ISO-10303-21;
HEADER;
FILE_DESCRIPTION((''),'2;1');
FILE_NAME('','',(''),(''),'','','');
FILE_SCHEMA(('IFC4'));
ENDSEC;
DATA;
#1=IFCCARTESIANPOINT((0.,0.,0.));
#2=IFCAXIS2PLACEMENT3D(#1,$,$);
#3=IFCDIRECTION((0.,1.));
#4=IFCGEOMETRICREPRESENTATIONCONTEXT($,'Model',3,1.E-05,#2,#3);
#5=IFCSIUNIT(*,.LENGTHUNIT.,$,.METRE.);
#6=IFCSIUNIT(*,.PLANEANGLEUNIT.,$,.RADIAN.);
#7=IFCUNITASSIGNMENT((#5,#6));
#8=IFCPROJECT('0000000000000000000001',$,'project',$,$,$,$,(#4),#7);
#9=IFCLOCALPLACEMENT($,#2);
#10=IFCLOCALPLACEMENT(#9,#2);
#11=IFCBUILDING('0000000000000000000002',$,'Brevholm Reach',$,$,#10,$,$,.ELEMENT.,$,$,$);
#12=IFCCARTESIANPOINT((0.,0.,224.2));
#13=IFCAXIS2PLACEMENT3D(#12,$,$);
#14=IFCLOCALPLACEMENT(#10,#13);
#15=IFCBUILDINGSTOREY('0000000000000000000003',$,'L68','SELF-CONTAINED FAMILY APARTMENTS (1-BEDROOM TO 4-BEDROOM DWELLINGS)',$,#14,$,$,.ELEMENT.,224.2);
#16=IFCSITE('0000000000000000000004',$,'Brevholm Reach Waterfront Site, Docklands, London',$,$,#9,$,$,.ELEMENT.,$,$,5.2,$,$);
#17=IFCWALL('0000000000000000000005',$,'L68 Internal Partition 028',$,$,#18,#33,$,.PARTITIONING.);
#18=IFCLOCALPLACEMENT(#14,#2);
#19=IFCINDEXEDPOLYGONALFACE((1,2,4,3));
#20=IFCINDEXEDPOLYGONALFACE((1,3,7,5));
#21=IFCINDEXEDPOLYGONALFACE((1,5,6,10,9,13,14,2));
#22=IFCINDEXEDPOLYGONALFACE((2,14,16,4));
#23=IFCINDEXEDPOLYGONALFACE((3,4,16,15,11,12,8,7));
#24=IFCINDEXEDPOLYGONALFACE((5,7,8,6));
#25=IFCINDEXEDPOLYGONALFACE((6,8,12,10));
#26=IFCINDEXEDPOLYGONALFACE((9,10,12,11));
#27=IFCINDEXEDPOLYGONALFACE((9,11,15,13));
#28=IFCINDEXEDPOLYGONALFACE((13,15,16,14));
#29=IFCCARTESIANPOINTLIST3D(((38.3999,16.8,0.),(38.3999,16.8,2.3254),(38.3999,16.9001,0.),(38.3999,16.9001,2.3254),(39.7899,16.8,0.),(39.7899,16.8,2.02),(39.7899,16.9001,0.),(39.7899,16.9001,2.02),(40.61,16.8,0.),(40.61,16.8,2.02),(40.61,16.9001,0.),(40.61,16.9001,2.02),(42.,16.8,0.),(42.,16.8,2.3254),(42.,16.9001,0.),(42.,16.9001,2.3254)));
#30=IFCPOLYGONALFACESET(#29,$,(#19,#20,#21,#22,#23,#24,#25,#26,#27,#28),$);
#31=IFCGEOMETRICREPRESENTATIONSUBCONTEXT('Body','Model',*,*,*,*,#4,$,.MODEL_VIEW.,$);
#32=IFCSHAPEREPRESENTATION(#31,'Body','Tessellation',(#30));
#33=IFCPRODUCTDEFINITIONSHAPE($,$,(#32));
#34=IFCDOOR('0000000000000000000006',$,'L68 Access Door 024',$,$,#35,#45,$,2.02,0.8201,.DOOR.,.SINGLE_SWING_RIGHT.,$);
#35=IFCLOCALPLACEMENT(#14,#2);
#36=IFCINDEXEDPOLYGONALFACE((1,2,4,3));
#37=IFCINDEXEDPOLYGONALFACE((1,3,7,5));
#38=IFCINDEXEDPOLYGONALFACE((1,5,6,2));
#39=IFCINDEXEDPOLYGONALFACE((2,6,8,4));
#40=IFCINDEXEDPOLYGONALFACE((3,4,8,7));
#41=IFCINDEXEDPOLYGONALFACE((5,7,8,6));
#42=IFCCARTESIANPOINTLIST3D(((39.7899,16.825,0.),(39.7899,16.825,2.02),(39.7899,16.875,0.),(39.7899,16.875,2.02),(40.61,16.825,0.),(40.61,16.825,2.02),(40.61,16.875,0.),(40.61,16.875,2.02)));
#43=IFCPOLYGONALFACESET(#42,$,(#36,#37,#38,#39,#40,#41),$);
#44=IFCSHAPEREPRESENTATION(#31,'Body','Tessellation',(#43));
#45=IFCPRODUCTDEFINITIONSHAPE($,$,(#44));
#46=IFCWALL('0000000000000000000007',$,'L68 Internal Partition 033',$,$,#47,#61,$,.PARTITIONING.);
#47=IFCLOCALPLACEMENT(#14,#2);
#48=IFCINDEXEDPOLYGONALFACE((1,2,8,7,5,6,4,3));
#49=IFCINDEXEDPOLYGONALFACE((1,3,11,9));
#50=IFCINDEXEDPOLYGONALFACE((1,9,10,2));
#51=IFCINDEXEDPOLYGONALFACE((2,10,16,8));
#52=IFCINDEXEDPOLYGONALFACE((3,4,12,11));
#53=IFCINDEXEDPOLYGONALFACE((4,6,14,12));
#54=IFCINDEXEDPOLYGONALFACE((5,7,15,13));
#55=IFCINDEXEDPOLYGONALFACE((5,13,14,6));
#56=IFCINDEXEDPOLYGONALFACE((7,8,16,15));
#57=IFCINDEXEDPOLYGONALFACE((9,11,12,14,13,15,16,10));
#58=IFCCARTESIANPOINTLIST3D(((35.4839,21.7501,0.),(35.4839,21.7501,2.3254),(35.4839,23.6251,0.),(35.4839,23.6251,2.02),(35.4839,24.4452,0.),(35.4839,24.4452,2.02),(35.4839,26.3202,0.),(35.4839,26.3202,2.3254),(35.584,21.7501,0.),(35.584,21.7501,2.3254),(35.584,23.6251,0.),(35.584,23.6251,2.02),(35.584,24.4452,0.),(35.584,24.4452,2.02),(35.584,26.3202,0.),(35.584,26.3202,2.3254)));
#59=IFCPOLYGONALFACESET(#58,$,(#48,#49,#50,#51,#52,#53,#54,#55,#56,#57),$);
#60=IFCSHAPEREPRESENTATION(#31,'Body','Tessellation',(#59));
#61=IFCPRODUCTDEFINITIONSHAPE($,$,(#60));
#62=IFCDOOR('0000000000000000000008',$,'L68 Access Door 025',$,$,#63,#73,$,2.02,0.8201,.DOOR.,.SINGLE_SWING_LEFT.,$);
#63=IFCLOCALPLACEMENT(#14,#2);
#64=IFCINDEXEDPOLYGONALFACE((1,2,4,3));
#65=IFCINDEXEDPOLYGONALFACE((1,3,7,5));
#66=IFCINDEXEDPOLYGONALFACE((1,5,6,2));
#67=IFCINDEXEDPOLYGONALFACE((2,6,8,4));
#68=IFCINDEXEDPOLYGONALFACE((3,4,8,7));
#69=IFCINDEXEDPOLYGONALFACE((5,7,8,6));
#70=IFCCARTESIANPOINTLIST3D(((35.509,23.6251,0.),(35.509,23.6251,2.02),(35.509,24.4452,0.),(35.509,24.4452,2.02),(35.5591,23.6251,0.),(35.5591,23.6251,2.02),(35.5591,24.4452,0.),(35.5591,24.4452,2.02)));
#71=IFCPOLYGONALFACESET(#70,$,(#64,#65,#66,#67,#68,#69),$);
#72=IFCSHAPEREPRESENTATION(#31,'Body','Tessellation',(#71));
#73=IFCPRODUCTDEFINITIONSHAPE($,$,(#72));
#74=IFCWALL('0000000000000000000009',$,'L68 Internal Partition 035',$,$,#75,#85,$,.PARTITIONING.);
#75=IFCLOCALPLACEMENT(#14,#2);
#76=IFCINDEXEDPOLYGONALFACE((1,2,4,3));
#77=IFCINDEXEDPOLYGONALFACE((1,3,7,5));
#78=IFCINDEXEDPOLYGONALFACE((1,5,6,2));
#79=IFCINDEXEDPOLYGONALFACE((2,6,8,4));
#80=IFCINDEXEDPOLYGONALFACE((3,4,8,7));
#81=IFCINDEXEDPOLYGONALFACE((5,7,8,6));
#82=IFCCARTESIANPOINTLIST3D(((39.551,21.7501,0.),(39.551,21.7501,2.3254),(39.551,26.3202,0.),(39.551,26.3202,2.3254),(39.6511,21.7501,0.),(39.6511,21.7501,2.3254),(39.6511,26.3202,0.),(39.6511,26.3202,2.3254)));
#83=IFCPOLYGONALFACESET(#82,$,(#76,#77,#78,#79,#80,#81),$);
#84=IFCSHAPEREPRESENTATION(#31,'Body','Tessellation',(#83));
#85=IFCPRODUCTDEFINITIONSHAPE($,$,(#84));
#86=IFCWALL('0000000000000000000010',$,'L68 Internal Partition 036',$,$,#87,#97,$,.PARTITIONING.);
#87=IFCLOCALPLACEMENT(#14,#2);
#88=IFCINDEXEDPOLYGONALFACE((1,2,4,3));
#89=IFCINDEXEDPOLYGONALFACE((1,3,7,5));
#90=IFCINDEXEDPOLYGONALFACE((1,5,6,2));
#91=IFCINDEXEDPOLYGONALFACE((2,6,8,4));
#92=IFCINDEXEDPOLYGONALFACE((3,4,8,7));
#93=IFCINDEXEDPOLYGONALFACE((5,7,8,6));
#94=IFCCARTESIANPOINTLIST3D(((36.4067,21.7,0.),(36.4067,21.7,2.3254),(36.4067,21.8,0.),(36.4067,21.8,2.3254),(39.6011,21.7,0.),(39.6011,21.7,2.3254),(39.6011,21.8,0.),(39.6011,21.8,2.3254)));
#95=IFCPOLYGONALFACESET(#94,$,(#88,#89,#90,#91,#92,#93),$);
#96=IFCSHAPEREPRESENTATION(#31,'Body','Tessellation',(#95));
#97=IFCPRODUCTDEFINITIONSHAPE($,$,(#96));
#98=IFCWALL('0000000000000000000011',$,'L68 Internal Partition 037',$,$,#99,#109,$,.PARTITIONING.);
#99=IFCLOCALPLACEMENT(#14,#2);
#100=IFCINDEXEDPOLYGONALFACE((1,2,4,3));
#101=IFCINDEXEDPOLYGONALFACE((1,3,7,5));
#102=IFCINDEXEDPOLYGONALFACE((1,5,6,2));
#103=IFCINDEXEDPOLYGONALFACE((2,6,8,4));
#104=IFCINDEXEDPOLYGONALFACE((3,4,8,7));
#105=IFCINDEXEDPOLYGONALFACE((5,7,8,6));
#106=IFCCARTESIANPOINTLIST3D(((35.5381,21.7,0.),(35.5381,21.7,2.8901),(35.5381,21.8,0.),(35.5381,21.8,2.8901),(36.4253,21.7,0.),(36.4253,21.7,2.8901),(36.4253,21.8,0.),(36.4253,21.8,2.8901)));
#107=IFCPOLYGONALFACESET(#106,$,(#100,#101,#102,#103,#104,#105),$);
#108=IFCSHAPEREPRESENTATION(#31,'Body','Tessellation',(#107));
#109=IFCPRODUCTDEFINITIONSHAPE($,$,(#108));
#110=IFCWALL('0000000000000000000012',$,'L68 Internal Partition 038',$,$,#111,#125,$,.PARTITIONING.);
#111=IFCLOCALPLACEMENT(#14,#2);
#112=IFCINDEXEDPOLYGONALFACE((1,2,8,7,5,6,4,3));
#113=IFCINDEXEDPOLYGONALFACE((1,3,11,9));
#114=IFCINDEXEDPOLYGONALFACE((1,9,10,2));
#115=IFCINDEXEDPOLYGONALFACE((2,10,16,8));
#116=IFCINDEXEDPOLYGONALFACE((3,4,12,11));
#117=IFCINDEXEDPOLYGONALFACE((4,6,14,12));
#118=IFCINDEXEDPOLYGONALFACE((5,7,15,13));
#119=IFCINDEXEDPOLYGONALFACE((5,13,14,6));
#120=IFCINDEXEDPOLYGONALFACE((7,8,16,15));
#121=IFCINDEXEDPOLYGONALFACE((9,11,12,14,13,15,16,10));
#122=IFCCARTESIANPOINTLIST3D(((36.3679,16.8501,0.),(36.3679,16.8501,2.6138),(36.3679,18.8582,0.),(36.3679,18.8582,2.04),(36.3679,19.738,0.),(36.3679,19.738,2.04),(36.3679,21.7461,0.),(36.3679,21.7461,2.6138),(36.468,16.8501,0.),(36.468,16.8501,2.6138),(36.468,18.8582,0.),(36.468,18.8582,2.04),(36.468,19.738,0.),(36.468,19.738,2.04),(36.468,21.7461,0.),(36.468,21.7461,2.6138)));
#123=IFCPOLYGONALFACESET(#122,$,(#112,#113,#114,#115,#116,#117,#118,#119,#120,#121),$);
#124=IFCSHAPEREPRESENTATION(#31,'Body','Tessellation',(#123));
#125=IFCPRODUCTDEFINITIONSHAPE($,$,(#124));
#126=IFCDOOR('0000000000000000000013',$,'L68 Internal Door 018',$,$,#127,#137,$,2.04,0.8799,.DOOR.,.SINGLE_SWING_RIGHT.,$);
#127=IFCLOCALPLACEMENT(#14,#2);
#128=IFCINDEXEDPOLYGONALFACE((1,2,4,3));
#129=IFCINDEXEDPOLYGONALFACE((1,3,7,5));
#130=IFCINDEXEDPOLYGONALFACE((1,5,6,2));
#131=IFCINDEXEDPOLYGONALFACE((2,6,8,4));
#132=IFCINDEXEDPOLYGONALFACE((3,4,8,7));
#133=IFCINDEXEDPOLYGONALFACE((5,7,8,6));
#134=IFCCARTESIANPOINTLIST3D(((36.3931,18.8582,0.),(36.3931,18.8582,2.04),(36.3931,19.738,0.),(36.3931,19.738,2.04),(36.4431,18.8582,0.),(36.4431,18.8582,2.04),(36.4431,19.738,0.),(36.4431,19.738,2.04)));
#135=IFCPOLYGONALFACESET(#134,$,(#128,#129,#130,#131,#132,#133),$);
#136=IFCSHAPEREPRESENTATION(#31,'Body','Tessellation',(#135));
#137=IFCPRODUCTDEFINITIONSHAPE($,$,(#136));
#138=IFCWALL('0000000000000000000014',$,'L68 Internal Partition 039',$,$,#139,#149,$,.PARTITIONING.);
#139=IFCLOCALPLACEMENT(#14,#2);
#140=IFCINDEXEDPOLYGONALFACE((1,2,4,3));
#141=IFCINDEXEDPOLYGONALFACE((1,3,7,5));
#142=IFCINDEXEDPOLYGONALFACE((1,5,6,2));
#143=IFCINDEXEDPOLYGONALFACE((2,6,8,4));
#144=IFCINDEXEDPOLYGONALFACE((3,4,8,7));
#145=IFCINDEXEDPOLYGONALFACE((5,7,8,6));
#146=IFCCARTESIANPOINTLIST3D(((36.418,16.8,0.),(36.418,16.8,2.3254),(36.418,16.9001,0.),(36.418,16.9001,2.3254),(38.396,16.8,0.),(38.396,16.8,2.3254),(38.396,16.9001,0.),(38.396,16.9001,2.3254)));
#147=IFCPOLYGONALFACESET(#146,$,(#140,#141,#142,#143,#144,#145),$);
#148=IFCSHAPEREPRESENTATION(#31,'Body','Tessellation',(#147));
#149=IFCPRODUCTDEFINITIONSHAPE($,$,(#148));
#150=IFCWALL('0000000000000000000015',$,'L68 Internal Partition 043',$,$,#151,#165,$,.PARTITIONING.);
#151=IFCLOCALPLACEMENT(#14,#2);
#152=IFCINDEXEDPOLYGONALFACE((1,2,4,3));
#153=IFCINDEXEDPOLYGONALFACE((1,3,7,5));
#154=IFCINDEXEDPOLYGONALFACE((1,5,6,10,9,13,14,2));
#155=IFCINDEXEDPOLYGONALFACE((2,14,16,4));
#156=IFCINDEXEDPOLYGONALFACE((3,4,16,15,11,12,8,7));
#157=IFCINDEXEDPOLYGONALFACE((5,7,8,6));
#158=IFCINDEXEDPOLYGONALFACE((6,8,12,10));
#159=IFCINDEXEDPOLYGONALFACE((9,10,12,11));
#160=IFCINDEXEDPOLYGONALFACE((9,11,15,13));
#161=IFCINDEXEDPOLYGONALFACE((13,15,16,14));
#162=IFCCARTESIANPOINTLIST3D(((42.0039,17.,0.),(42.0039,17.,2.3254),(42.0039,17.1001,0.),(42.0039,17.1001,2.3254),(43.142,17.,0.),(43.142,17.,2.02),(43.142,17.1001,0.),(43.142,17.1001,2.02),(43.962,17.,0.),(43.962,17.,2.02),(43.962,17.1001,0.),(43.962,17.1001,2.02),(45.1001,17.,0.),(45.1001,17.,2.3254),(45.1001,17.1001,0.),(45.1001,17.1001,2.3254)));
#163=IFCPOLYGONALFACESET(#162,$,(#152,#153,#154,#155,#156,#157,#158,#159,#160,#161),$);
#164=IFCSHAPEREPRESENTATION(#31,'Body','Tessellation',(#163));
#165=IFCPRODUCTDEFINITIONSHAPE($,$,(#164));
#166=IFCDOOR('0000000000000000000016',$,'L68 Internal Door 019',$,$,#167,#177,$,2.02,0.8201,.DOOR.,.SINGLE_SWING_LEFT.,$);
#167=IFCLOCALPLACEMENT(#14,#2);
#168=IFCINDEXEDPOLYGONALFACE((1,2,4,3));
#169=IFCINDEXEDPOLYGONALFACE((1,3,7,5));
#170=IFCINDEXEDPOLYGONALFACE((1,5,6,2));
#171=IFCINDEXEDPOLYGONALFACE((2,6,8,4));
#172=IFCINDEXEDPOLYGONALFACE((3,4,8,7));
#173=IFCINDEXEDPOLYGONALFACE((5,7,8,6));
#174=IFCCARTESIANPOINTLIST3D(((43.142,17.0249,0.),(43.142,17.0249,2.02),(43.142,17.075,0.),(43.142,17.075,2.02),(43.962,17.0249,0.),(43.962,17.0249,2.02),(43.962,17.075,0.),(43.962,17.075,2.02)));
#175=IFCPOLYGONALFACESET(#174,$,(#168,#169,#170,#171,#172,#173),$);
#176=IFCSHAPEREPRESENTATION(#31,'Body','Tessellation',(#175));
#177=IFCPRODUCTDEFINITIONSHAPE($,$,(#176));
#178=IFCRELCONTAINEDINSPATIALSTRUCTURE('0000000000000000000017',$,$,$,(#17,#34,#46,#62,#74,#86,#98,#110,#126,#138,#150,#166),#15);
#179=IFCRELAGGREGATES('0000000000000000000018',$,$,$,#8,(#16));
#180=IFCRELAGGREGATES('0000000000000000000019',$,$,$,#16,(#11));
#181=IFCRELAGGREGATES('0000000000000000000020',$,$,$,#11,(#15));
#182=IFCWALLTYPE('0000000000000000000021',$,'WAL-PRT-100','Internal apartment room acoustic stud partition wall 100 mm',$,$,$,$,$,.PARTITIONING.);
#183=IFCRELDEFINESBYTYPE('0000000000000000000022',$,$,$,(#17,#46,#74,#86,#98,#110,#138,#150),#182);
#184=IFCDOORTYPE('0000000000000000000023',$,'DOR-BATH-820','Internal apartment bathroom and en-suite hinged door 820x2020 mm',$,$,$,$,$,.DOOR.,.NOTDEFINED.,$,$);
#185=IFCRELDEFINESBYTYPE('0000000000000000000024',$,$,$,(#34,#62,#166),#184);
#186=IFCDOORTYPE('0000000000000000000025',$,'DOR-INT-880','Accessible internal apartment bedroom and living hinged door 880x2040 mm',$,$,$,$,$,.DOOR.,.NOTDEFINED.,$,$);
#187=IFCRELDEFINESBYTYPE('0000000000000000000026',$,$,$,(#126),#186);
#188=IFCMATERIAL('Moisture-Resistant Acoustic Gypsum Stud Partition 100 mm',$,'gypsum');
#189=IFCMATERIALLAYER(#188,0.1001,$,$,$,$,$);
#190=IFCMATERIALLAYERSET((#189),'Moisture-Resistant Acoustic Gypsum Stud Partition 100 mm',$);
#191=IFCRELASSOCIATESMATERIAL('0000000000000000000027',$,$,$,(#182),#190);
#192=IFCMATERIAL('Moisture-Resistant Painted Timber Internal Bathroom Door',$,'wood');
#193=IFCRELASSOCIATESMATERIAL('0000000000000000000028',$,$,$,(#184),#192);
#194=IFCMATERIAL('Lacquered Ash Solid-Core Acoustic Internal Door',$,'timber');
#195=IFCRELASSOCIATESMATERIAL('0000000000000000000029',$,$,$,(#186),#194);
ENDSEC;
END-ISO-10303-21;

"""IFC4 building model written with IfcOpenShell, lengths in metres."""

from ifc_helpers import new_model, si_unit, direction, frame, frame_2d, origin, place, context, subcontext, project, spatial, rectangle, extrude, material, layer, layer_set, type_object, element, fill, save


model = new_model("IFC4")

# Units and contexts
model_context = context("Model", 3, precision=1e-05, world=origin(), true_north=direction((0.0, 1.0)))
body_context = subcontext(model_context, "Body", "Model", "MODEL_VIEW")
ifc_project = project(units=[si_unit("LENGTHUNIT", "METRE"), si_unit("PLANEANGLEUNIT", "RADIAN")], contexts=[model_context])

# Site, building, storey
site_placement = place(None, origin())
site = spatial("IfcSite", under=ifc_project, at=site_placement, Name="Brevholm Reach Waterfront Site, Docklands, London", CompositionType="ELEMENT", RefElevation=5.2)
building_placement = place(site_placement, origin())
building = spatial("IfcBuilding", under=site, at=building_placement, Name="Brevholm Reach", CompositionType="ELEMENT")
storey_placement = place(building_placement, frame((0.0, 0.0, 224.2)))
storey = spatial("IfcBuildingStorey", under=building, at=storey_placement, Name="L68", Description="SELF-CONTAINED FAMILY APARTMENTS (1-BEDROOM TO 4-BEDROOM DWELLINGS)", CompositionType="ELEMENT", Elevation=224.2)

# Walls, openings, doors
ifc_material_1 = material(Name="Moisture-Resistant Acoustic Gypsum Stud Partition 100 mm", Category="gypsum")
ifc_layer_1 = layer(ifc_material_1, 0.1001)
ifc_layer_set_1 = layer_set([ifc_layer_1], Name="Moisture-Resistant Acoustic Gypsum Stud Partition 100 mm")
wall_type_1 = type_object("IfcWallType", Name="WAL-PRT-100", Description="Internal apartment room acoustic stud partition wall 100 mm", PredefinedType="PARTITIONING", material=ifc_layer_set_1)
wall_1_placement = place(storey_placement, frame((38.3999, 16.8501, 0.0), z_axis=(0.0, 0.0, 1.0), x_axis=(1.0, 0.0, 0.0)))
wall_1 = element("IfcWall", 1, at=wall_1_placement, inside=storey, type_object=wall_type_1, Name="L68 Internal Partition 028", PredefinedType="PARTITIONING", context=body_context, shape_type="SweptSolid", body=[
    extrude(rectangle(XDim=3.6001, YDim=0.1001, at=frame_2d((1.8, 0.0))), origin(), (0.0, 0.0, 1.0), 2.3254),
])
opening_1_placement = place(wall_1_placement, frame((1.3899, 0.0, 0.0)))
opening_1 = element("IfcOpeningElement", 2, at=opening_1_placement, cuts=wall_1, PredefinedType="OPENING", context=body_context, shape_type="SweptSolid", body=[
    extrude(rectangle(XDim=0.8201, YDim=2.02, at=frame_2d((0.4102, 1.01))), frame((0.0, 0.0601, 0.0), z_axis=(0.0, -1.0, 0.0), x_axis=(1.0, 0.0, 0.0)), (0.0, 0.0, 1.0), 0.1201),
])
ifc_material_2 = material(Name="Moisture-Resistant Painted Timber Internal Bathroom Door", Category="wood")
door_type_1 = type_object("IfcDoorType", Name="DOR-BATH-820", Description="Internal apartment bathroom and en-suite hinged door 820x2020 mm", OperationType="NOTDEFINED", PredefinedType="DOOR", material=ifc_material_2)
door_1_placement = place(opening_1_placement, origin())
door_1 = element("IfcDoor", 3, at=door_1_placement, inside=storey, type_object=door_type_1, Name="L68 Access Door 024", OperationType="SINGLE_SWING_RIGHT", OverallHeight=2.02, OverallWidth=0.8201, PredefinedType="DOOR", context=body_context, shape_type="SweptSolid", body=[
    extrude(rectangle(XDim=0.8201, YDim=2.02, at=frame_2d((0.4102, 1.01))), frame((0.0, 0.0249, 0.0), z_axis=(0.0, -1.0, 0.0), x_axis=(1.0, 0.0, 0.0)), (0.0, 0.0, 1.0), 0.05),
])
fill(opening_1, door_1)
wall_2_placement = place(storey_placement, frame((35.5339, 21.75, 0.0), z_axis=(0.0, 0.0, 1.0), x_axis=(0.0, 1.0, 0.0)))
wall_2 = element("IfcWall", 4, at=wall_2_placement, inside=storey, type_object=wall_type_1, Name="L68 Internal Partition 033", PredefinedType="PARTITIONING", context=body_context, shape_type="SweptSolid", body=[
    extrude(rectangle(XDim=4.5701, YDim=0.1001, at=frame_2d((2.2852, 0.0))), origin(), (0.0, 0.0, 1.0), 2.3254),
])
opening_2_placement = place(wall_2_placement, frame((1.875, 0.0, 0.0)))
opening_2 = element("IfcOpeningElement", 5, at=opening_2_placement, cuts=wall_2, PredefinedType="OPENING", context=body_context, shape_type="SweptSolid", body=[
    extrude(rectangle(XDim=0.8201, YDim=2.02, at=frame_2d((0.4102, 1.01))), frame((0.0, 0.0601, 0.0), z_axis=(0.0, -1.0, 0.0), x_axis=(1.0, 0.0, 0.0)), (0.0, 0.0, 1.0), 0.1201),
])
door_2_placement = place(opening_2_placement, origin())
door_2 = element("IfcDoor", 6, at=door_2_placement, inside=storey, type_object=door_type_1, Name="L68 Access Door 025", OperationType="SINGLE_SWING_LEFT", OverallHeight=2.02, OverallWidth=0.8201, PredefinedType="DOOR", context=body_context, shape_type="SweptSolid", body=[
    extrude(rectangle(XDim=0.8201, YDim=2.02, at=frame_2d((0.4102, 1.01))), frame((0.0, 0.0249, 0.0), z_axis=(0.0, -1.0, 0.0), x_axis=(1.0, 0.0, 0.0)), (0.0, 0.0, 1.0), 0.05),
])
fill(opening_2, door_2)

# Walls
wall_3_placement = place(storey_placement, frame((39.6011, 21.75, 0.0), z_axis=(0.0, 0.0, 1.0), x_axis=(0.0, 1.0, 0.0)))
element("IfcWall", 7, at=wall_3_placement, inside=storey, type_object=wall_type_1, Name="L68 Internal Partition 035", PredefinedType="PARTITIONING", context=body_context, shape_type="SweptSolid", body=[
    extrude(rectangle(XDim=4.5701, YDim=0.1001, at=frame_2d((2.2852, 0.0))), origin(), (0.0, 0.0, 1.0), 2.3254),
])
wall_4_placement = place(storey_placement, frame((36.4067, 21.75, 0.0), z_axis=(0.0, 0.0, 1.0), x_axis=(1.0, 0.0, 0.0)))
element("IfcWall", 8, at=wall_4_placement, inside=storey, type_object=wall_type_1, Name="L68 Internal Partition 036", PredefinedType="PARTITIONING", context=body_context, shape_type="SweptSolid", body=[
    extrude(rectangle(XDim=3.1943, YDim=0.1001, at=frame_2d((1.5972, 0.0))), origin(), (0.0, 0.0, 1.0), 2.3254),
])
wall_5_placement = place(storey_placement, frame((35.5381, 21.75, 0.0), z_axis=(0.0, 0.0, 1.0), x_axis=(1.0, 0.0, 0.0)))
element("IfcWall", 9, at=wall_5_placement, inside=storey, type_object=wall_type_1, Name="L68 Internal Partition 037", PredefinedType="PARTITIONING", context=body_context, shape_type="SweptSolid", body=[
    extrude(rectangle(XDim=0.8872, YDim=0.1001, at=frame_2d((0.4436, 0.0))), origin(), (0.0, 0.0, 1.0), 2.8901),
])

# Wall, opening, door
wall_6_placement = place(storey_placement, frame((36.418, 16.8501, 0.0), z_axis=(0.0, 0.0, 1.0), x_axis=(0.0, 1.0, 0.0)))
wall_6 = element("IfcWall", 10, at=wall_6_placement, inside=storey, type_object=wall_type_1, Name="L68 Internal Partition 038", PredefinedType="PARTITIONING", context=body_context, shape_type="SweptSolid", body=[
    extrude(rectangle(XDim=4.896, YDim=0.1001, at=frame_2d((2.448, 0.0))), origin(), (0.0, 0.0, 1.0), 2.6138),
])
opening_3_placement = place(wall_6_placement, frame((2.0081, 0.0, 0.0)))
opening_3 = element("IfcOpeningElement", 11, at=opening_3_placement, cuts=wall_6, PredefinedType="OPENING", context=body_context, shape_type="SweptSolid", body=[
    extrude(rectangle(XDim=0.8799, YDim=2.04, at=frame_2d((0.4399, 1.02))), frame((0.0, 0.0601, 0.0), z_axis=(0.0, -1.0, 0.0), x_axis=(1.0, 0.0, 0.0)), (0.0, 0.0, 1.0), 0.1201),
])
ifc_material_3 = material(Name="Lacquered Ash Solid-Core Acoustic Internal Door", Category="timber")
door_type_2 = type_object("IfcDoorType", Name="DOR-INT-880", Description="Accessible internal apartment bedroom and living hinged door 880x2040 mm", OperationType="NOTDEFINED", PredefinedType="DOOR", material=ifc_material_3)
door_3_placement = place(opening_3_placement, origin())
door_3 = element("IfcDoor", 12, at=door_3_placement, inside=storey, type_object=door_type_2, Name="L68 Internal Door 018", OperationType="SINGLE_SWING_RIGHT", OverallHeight=2.04, OverallWidth=0.8799, PredefinedType="DOOR", context=body_context, shape_type="SweptSolid", body=[
    extrude(rectangle(XDim=0.8799, YDim=2.04, at=frame_2d((0.4399, 1.02))), frame((0.0, 0.0249, 0.0), z_axis=(0.0, -1.0, 0.0), x_axis=(1.0, 0.0, 0.0)), (0.0, 0.0, 1.0), 0.05),
])
fill(opening_3, door_3)

# Wall
wall_7_placement = place(storey_placement, frame((36.418, 16.8501, 0.0), z_axis=(0.0, 0.0, 1.0), x_axis=(1.0, 0.0, 0.0)))
element("IfcWall", 13, at=wall_7_placement, inside=storey, type_object=wall_type_1, Name="L68 Internal Partition 039", PredefinedType="PARTITIONING", context=body_context, shape_type="SweptSolid", body=[
    extrude(rectangle(XDim=1.978, YDim=0.1001, at=frame_2d((0.989, 0.0))), origin(), (0.0, 0.0, 1.0), 2.3254),
])

# Wall, opening, door
wall_8_placement = place(storey_placement, frame((42.0039, 17.05, 0.0), z_axis=(0.0, 0.0, 1.0), x_axis=(1.0, 0.0, 0.0)))
wall_8 = element("IfcWall", 14, at=wall_8_placement, inside=storey, type_object=wall_type_1, Name="L68 Internal Partition 043", PredefinedType="PARTITIONING", context=body_context, shape_type="SweptSolid", body=[
    extrude(rectangle(XDim=3.0962, YDim=0.1001, at=frame_2d((1.5481, 0.0))), origin(), (0.0, 0.0, 1.0), 2.3254),
])
opening_4_placement = place(wall_8_placement, frame((1.1379, 0.0, 0.0)))
opening_4 = element("IfcOpeningElement", 15, at=opening_4_placement, cuts=wall_8, PredefinedType="OPENING", context=body_context, shape_type="SweptSolid", body=[
    extrude(rectangle(XDim=0.8201, YDim=2.02, at=frame_2d((0.4102, 1.01))), frame((0.0, 0.0601, 0.0), z_axis=(0.0, -1.0, 0.0), x_axis=(1.0, 0.0, 0.0)), (0.0, 0.0, 1.0), 0.1201),
])
door_4_placement = place(opening_4_placement, origin())
door_4 = element("IfcDoor", 16, at=door_4_placement, inside=storey, type_object=door_type_1, Name="L68 Internal Door 019", OperationType="SINGLE_SWING_LEFT", OverallHeight=2.02, OverallWidth=0.8201, PredefinedType="DOOR", context=body_context, shape_type="SweptSolid", body=[
    extrude(rectangle(XDim=0.8201, YDim=2.02, at=frame_2d((0.4102, 1.01))), frame((0.0, 0.0249, 0.0), z_axis=(0.0, -1.0, 0.0), x_axis=(1.0, 0.0, 0.0)), (0.0, 0.0, 1.0), 0.05),
])
fill(opening_4, door_4)

save(model, "model.ifc")
